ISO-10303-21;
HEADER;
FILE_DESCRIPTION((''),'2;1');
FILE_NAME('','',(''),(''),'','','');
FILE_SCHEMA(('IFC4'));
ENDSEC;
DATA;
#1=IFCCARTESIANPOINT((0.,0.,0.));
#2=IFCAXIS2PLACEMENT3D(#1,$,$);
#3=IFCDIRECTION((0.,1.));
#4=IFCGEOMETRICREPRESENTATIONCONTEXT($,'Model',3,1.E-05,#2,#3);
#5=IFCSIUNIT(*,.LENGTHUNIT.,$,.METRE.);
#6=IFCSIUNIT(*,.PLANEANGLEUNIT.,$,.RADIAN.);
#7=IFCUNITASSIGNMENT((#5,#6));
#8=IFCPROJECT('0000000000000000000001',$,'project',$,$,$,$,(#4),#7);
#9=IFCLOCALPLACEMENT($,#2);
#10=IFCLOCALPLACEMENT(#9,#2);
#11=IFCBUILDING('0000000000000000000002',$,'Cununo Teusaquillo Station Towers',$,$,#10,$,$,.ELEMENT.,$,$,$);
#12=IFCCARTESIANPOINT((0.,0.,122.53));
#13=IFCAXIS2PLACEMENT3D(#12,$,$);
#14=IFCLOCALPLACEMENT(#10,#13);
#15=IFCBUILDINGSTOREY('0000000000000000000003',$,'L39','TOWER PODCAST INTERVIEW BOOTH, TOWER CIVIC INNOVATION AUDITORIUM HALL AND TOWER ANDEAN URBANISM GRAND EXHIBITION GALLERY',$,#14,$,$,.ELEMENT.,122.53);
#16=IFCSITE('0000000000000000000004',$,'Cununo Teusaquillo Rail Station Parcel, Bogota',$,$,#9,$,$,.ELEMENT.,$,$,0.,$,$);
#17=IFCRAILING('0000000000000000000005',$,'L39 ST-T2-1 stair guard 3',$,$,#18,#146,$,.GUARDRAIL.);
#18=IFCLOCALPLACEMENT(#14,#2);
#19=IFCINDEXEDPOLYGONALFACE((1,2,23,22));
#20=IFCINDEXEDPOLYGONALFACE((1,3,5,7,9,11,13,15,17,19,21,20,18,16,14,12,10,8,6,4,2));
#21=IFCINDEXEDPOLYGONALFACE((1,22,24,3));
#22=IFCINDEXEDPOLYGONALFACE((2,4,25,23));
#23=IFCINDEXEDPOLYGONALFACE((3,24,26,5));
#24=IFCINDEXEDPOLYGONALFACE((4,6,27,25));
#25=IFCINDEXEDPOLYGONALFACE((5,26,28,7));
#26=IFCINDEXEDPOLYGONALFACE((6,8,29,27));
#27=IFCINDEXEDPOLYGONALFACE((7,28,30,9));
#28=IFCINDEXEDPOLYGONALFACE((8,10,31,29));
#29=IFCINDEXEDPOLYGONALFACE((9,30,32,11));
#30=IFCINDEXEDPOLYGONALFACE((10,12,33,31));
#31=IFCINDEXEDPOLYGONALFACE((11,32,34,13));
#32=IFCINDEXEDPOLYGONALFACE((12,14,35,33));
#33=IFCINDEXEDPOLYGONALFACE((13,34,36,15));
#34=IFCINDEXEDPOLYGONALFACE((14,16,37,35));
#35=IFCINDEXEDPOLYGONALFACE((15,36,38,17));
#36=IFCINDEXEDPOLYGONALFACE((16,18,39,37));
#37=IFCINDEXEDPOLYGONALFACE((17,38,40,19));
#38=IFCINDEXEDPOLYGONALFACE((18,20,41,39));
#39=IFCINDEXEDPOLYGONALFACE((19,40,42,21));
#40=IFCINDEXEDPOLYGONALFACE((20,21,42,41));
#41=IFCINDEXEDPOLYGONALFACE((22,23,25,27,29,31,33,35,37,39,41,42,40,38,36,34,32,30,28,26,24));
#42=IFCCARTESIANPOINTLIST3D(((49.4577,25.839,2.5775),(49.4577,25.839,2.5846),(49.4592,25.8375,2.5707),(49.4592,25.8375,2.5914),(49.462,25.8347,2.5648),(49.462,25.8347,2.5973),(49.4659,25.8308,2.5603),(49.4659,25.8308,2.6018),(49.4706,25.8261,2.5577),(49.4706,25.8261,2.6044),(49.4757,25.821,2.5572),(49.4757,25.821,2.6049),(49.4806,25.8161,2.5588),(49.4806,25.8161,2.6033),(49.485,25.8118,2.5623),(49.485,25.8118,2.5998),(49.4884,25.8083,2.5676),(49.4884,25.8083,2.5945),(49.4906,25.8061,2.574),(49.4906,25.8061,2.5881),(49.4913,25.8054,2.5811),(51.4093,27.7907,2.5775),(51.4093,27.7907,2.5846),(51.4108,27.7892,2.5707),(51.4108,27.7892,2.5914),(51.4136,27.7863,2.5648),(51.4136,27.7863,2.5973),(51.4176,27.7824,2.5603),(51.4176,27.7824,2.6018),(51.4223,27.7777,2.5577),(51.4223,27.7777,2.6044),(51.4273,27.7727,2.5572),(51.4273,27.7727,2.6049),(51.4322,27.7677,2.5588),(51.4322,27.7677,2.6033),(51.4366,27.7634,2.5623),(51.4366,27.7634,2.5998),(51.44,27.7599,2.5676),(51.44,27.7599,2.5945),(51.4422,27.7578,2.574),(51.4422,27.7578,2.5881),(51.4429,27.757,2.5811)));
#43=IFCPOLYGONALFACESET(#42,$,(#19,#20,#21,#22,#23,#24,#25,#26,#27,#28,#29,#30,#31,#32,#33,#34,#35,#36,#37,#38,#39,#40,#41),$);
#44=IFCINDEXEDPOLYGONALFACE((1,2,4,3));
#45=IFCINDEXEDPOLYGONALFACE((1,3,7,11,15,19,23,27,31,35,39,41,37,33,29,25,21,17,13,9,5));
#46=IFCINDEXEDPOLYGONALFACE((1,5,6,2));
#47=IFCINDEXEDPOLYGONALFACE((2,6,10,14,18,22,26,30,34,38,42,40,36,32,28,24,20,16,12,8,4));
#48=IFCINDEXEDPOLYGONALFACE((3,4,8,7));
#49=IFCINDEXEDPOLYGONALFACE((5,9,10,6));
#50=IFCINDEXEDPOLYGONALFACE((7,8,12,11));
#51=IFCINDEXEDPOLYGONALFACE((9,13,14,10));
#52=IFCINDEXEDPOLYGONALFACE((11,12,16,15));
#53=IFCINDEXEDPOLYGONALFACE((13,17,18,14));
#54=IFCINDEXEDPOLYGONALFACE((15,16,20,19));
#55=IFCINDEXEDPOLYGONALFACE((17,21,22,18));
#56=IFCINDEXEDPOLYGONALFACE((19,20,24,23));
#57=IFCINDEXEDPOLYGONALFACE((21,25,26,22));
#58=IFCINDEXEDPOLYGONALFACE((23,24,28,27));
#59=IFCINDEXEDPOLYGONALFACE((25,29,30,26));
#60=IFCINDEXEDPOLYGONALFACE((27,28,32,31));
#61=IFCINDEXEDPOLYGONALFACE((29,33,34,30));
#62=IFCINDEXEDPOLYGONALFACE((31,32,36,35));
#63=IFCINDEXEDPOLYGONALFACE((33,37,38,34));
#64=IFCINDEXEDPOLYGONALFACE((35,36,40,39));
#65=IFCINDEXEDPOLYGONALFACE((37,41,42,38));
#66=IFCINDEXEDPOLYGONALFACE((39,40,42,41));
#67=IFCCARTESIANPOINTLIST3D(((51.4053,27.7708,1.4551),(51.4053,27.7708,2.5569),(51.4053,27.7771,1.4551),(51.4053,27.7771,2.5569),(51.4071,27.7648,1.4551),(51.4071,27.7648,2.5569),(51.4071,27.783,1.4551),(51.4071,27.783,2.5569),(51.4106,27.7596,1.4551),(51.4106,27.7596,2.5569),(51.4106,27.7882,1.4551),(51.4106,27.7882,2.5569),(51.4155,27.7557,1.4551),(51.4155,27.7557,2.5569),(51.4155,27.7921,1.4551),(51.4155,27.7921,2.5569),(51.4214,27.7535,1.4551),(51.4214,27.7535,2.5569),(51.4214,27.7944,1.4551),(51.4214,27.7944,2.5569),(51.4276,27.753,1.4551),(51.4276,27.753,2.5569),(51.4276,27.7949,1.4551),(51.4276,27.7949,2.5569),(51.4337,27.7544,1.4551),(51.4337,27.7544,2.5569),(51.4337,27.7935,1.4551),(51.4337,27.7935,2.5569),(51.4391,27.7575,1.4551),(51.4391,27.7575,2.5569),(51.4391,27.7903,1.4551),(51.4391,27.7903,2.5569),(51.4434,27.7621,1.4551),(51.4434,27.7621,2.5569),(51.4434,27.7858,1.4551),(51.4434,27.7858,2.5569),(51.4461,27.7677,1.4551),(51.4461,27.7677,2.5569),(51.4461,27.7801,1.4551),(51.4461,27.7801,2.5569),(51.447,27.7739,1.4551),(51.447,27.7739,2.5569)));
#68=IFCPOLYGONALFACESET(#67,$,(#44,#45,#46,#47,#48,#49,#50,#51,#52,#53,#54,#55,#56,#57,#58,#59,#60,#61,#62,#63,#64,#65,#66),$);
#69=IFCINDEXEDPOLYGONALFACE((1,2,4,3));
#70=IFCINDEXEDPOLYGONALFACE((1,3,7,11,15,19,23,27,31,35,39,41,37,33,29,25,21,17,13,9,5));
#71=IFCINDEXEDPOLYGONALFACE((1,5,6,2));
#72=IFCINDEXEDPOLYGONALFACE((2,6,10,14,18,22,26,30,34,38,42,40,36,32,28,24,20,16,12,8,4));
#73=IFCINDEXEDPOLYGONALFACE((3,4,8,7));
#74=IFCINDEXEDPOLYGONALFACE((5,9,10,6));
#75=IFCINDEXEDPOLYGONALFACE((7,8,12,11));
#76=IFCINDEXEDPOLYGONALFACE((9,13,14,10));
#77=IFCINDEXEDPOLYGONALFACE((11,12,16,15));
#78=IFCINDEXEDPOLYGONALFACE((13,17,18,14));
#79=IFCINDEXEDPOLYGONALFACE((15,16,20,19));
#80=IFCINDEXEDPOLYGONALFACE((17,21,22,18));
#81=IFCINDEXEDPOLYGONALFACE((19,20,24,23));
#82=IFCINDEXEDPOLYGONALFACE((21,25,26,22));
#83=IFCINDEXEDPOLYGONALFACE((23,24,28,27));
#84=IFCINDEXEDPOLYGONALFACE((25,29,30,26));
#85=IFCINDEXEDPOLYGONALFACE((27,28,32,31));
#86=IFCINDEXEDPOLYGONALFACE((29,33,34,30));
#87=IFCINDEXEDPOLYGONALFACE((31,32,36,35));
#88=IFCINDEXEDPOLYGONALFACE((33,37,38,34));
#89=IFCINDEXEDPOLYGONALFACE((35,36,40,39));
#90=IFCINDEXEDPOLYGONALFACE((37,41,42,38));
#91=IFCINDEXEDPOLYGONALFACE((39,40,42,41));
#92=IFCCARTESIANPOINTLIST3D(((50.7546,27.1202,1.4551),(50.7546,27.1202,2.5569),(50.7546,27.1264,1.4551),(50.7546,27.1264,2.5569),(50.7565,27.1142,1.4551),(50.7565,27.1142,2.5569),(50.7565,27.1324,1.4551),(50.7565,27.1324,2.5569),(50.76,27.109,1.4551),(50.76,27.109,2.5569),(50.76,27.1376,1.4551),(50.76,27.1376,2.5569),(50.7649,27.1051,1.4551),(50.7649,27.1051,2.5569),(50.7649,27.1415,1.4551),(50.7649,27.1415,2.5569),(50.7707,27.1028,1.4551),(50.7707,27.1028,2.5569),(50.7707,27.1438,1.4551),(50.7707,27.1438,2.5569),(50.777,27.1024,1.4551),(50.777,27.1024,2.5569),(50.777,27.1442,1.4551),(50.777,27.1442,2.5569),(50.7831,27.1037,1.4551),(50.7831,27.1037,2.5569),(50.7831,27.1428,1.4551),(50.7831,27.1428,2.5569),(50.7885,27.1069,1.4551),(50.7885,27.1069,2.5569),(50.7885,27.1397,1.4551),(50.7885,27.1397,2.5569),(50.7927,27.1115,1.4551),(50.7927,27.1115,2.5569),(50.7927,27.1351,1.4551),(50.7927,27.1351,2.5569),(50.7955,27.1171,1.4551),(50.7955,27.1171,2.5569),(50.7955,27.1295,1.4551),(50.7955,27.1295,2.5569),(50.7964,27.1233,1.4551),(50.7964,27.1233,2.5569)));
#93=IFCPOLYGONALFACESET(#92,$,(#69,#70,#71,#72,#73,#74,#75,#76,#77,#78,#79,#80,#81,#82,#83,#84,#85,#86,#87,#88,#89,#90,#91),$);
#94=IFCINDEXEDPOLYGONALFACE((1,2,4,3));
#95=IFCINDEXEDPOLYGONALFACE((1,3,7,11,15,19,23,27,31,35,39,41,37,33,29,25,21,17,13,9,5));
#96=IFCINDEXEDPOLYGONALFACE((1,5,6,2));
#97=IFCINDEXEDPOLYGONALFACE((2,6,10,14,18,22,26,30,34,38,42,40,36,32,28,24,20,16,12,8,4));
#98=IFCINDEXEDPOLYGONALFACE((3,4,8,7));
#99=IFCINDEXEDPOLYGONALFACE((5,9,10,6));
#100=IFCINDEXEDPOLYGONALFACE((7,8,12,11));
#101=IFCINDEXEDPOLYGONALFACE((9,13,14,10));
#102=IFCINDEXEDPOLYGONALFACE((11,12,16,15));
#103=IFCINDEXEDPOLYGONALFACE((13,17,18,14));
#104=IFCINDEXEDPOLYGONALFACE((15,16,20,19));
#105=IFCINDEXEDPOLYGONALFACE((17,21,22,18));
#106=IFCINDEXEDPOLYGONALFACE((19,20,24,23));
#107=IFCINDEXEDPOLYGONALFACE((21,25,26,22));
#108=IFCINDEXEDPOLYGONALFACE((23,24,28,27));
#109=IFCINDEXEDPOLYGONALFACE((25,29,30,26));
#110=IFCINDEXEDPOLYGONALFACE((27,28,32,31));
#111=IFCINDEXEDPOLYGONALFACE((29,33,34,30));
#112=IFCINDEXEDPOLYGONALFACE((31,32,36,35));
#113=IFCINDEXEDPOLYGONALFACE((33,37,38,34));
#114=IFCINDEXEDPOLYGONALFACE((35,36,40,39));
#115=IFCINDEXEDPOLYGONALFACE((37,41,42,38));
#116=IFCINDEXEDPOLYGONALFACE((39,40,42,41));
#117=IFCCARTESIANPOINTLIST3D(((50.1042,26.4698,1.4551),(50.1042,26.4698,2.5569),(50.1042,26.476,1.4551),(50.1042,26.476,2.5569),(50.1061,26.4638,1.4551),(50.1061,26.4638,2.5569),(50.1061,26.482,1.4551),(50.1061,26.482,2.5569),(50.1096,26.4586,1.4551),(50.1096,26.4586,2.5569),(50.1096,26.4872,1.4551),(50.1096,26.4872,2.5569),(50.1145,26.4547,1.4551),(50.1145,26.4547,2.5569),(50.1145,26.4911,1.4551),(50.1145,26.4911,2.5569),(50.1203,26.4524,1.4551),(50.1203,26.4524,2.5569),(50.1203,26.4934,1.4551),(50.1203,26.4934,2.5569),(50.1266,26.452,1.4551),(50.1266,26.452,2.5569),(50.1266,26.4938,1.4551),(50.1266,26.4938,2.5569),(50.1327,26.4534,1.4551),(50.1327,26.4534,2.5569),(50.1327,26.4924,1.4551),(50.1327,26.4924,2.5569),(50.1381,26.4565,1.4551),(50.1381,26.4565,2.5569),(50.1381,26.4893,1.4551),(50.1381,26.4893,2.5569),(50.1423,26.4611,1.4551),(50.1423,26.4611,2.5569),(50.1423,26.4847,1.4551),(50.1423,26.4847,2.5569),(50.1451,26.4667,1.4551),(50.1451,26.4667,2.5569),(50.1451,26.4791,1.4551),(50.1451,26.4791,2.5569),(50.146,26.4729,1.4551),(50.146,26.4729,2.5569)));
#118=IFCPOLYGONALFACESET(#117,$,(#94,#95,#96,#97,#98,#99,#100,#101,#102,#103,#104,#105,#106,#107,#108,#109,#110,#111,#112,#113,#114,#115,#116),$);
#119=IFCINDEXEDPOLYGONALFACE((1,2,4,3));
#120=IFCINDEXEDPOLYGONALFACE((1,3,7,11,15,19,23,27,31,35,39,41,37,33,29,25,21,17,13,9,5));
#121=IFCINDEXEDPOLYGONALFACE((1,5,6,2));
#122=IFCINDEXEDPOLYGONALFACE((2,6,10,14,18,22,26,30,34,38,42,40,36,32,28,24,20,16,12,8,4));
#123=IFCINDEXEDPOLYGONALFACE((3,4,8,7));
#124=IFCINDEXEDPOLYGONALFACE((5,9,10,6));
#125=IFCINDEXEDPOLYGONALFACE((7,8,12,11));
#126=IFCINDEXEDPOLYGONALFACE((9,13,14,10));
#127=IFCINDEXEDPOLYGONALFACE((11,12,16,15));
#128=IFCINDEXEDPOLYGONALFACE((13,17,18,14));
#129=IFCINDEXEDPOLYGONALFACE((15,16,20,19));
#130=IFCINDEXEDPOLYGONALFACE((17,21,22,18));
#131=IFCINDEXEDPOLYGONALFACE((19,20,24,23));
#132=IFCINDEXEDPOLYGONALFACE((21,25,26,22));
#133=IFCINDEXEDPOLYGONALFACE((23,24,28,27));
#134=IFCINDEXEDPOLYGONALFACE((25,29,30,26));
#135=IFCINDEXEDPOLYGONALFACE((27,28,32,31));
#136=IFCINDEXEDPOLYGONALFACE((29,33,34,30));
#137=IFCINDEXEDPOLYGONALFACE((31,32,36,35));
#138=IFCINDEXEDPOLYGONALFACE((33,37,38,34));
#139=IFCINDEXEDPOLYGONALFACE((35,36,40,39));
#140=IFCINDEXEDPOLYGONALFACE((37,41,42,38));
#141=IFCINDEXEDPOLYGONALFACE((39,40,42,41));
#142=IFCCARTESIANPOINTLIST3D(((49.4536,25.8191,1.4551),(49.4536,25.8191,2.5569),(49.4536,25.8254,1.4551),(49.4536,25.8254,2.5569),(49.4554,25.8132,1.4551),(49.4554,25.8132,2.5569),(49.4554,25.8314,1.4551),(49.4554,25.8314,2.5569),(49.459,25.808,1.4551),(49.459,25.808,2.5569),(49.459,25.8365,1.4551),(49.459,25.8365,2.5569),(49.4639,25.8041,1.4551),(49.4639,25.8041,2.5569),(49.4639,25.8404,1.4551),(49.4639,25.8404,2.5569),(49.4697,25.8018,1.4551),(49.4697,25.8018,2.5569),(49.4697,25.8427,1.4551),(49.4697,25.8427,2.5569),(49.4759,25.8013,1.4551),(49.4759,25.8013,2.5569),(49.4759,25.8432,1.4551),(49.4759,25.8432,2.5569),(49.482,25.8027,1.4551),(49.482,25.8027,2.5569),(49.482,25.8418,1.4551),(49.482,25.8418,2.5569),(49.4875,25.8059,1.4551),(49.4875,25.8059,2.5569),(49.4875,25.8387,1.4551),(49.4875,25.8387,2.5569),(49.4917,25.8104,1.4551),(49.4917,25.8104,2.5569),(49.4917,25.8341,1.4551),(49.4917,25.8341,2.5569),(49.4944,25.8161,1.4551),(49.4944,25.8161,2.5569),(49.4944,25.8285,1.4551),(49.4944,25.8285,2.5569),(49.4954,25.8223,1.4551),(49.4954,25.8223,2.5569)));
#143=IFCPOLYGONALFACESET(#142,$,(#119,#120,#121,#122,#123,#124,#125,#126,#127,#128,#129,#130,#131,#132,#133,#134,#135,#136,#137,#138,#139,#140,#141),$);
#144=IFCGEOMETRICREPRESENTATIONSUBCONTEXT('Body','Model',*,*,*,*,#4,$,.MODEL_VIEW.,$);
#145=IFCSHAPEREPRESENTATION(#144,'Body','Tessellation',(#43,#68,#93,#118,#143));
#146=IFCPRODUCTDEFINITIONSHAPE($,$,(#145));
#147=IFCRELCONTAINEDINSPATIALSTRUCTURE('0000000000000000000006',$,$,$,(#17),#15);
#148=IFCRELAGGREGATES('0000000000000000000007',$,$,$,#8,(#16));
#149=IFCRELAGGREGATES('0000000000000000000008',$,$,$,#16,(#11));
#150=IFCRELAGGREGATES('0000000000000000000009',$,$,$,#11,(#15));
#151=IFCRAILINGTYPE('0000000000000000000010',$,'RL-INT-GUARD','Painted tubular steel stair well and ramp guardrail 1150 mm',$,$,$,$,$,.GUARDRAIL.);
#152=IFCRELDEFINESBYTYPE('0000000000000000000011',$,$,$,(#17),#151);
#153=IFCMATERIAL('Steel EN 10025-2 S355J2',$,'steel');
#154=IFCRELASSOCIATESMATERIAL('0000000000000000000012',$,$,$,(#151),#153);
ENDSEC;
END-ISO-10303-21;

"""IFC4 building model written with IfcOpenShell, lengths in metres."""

from ifc_helpers import new_model, si_unit, direction, frame, origin, origin_2d, place, context, subcontext, project, spatial, circle, extrude, material, type_object, element, save


model = new_model("IFC4")

# Units and contexts
model_context = context("Model", 3, precision=1e-05, world=origin(), true_north=direction((0.0, 1.0)))
body_context = subcontext(model_context, "Body", "Model", "MODEL_VIEW")
ifc_project = project(units=[si_unit("LENGTHUNIT", "METRE"), si_unit("PLANEANGLEUNIT", "RADIAN")], contexts=[model_context])

# Site, building, storey
site_placement = place(None, origin())
site = spatial("IfcSite", under=ifc_project, at=site_placement, Name="Cununo Teusaquillo Rail Station Parcel, Bogota", CompositionType="ELEMENT", RefElevation=0.0)
building_placement = place(site_placement, origin())
building = spatial("IfcBuilding", under=site, at=building_placement, Name="Cununo Teusaquillo Station Towers", CompositionType="ELEMENT")
storey_placement = place(building_placement, frame((0.0, 0.0, 122.53)))
storey = spatial("IfcBuildingStorey", under=building, at=storey_placement, Name="L39", Description="TOWER PODCAST INTERVIEW BOOTH, TOWER CIVIC INNOVATION AUDITORIUM HALL AND TOWER ANDEAN URBANISM GRAND EXHIBITION GALLERY", CompositionType="ELEMENT", Elevation=122.53)

# Railing
ifc_material_1 = material(Name="Steel EN 10025-2 S355J2", Category="steel")
railing_type_1 = type_object("IfcRailingType", Name="RL-INT-GUARD", Description="Painted tubular steel stair well and ramp guardrail 1150 mm", PredefinedType="GUARDRAIL", material=ifc_material_1)
railing_1_placement = place(storey_placement, frame((51.426, 27.7739, 1.4551)))
element("IfcRailing", 1, at=railing_1_placement, inside=storey, type_object=railing_type_1, Name="L39 ST-T2-1 stair guard 3", PredefinedType="GUARDRAIL", context=body_context, shape_type="SweptSolid", body=[
    extrude(circle(Radius=0.0239, at=origin_2d()), frame((0.0, 0.0, 1.126), z_axis=(-0.707107, -0.707107, 0.0), x_axis=(0.707107, -0.707107, 0.0)), (0.0, 0.0, 1.0), 2.76),
    extrude(circle(Radius=0.021, at=origin_2d()), origin(), (0.0, 0.0, 1.0), 1.1018),
    extrude(circle(Radius=0.021, at=origin_2d()), frame((-0.6506, -0.6506, 0.0)), (0.0, 0.0, 1.0), 1.1018),
    extrude(circle(Radius=0.021, at=origin_2d()), frame((-1.301, -1.301, 0.0)), (0.0, 0.0, 1.0), 1.1018),
    extrude(circle(Radius=0.021, at=origin_2d()), frame((-1.9517, -1.9517, 0.0)), (0.0, 0.0, 1.0), 1.1018),
])

save(model, "model.ifc")
